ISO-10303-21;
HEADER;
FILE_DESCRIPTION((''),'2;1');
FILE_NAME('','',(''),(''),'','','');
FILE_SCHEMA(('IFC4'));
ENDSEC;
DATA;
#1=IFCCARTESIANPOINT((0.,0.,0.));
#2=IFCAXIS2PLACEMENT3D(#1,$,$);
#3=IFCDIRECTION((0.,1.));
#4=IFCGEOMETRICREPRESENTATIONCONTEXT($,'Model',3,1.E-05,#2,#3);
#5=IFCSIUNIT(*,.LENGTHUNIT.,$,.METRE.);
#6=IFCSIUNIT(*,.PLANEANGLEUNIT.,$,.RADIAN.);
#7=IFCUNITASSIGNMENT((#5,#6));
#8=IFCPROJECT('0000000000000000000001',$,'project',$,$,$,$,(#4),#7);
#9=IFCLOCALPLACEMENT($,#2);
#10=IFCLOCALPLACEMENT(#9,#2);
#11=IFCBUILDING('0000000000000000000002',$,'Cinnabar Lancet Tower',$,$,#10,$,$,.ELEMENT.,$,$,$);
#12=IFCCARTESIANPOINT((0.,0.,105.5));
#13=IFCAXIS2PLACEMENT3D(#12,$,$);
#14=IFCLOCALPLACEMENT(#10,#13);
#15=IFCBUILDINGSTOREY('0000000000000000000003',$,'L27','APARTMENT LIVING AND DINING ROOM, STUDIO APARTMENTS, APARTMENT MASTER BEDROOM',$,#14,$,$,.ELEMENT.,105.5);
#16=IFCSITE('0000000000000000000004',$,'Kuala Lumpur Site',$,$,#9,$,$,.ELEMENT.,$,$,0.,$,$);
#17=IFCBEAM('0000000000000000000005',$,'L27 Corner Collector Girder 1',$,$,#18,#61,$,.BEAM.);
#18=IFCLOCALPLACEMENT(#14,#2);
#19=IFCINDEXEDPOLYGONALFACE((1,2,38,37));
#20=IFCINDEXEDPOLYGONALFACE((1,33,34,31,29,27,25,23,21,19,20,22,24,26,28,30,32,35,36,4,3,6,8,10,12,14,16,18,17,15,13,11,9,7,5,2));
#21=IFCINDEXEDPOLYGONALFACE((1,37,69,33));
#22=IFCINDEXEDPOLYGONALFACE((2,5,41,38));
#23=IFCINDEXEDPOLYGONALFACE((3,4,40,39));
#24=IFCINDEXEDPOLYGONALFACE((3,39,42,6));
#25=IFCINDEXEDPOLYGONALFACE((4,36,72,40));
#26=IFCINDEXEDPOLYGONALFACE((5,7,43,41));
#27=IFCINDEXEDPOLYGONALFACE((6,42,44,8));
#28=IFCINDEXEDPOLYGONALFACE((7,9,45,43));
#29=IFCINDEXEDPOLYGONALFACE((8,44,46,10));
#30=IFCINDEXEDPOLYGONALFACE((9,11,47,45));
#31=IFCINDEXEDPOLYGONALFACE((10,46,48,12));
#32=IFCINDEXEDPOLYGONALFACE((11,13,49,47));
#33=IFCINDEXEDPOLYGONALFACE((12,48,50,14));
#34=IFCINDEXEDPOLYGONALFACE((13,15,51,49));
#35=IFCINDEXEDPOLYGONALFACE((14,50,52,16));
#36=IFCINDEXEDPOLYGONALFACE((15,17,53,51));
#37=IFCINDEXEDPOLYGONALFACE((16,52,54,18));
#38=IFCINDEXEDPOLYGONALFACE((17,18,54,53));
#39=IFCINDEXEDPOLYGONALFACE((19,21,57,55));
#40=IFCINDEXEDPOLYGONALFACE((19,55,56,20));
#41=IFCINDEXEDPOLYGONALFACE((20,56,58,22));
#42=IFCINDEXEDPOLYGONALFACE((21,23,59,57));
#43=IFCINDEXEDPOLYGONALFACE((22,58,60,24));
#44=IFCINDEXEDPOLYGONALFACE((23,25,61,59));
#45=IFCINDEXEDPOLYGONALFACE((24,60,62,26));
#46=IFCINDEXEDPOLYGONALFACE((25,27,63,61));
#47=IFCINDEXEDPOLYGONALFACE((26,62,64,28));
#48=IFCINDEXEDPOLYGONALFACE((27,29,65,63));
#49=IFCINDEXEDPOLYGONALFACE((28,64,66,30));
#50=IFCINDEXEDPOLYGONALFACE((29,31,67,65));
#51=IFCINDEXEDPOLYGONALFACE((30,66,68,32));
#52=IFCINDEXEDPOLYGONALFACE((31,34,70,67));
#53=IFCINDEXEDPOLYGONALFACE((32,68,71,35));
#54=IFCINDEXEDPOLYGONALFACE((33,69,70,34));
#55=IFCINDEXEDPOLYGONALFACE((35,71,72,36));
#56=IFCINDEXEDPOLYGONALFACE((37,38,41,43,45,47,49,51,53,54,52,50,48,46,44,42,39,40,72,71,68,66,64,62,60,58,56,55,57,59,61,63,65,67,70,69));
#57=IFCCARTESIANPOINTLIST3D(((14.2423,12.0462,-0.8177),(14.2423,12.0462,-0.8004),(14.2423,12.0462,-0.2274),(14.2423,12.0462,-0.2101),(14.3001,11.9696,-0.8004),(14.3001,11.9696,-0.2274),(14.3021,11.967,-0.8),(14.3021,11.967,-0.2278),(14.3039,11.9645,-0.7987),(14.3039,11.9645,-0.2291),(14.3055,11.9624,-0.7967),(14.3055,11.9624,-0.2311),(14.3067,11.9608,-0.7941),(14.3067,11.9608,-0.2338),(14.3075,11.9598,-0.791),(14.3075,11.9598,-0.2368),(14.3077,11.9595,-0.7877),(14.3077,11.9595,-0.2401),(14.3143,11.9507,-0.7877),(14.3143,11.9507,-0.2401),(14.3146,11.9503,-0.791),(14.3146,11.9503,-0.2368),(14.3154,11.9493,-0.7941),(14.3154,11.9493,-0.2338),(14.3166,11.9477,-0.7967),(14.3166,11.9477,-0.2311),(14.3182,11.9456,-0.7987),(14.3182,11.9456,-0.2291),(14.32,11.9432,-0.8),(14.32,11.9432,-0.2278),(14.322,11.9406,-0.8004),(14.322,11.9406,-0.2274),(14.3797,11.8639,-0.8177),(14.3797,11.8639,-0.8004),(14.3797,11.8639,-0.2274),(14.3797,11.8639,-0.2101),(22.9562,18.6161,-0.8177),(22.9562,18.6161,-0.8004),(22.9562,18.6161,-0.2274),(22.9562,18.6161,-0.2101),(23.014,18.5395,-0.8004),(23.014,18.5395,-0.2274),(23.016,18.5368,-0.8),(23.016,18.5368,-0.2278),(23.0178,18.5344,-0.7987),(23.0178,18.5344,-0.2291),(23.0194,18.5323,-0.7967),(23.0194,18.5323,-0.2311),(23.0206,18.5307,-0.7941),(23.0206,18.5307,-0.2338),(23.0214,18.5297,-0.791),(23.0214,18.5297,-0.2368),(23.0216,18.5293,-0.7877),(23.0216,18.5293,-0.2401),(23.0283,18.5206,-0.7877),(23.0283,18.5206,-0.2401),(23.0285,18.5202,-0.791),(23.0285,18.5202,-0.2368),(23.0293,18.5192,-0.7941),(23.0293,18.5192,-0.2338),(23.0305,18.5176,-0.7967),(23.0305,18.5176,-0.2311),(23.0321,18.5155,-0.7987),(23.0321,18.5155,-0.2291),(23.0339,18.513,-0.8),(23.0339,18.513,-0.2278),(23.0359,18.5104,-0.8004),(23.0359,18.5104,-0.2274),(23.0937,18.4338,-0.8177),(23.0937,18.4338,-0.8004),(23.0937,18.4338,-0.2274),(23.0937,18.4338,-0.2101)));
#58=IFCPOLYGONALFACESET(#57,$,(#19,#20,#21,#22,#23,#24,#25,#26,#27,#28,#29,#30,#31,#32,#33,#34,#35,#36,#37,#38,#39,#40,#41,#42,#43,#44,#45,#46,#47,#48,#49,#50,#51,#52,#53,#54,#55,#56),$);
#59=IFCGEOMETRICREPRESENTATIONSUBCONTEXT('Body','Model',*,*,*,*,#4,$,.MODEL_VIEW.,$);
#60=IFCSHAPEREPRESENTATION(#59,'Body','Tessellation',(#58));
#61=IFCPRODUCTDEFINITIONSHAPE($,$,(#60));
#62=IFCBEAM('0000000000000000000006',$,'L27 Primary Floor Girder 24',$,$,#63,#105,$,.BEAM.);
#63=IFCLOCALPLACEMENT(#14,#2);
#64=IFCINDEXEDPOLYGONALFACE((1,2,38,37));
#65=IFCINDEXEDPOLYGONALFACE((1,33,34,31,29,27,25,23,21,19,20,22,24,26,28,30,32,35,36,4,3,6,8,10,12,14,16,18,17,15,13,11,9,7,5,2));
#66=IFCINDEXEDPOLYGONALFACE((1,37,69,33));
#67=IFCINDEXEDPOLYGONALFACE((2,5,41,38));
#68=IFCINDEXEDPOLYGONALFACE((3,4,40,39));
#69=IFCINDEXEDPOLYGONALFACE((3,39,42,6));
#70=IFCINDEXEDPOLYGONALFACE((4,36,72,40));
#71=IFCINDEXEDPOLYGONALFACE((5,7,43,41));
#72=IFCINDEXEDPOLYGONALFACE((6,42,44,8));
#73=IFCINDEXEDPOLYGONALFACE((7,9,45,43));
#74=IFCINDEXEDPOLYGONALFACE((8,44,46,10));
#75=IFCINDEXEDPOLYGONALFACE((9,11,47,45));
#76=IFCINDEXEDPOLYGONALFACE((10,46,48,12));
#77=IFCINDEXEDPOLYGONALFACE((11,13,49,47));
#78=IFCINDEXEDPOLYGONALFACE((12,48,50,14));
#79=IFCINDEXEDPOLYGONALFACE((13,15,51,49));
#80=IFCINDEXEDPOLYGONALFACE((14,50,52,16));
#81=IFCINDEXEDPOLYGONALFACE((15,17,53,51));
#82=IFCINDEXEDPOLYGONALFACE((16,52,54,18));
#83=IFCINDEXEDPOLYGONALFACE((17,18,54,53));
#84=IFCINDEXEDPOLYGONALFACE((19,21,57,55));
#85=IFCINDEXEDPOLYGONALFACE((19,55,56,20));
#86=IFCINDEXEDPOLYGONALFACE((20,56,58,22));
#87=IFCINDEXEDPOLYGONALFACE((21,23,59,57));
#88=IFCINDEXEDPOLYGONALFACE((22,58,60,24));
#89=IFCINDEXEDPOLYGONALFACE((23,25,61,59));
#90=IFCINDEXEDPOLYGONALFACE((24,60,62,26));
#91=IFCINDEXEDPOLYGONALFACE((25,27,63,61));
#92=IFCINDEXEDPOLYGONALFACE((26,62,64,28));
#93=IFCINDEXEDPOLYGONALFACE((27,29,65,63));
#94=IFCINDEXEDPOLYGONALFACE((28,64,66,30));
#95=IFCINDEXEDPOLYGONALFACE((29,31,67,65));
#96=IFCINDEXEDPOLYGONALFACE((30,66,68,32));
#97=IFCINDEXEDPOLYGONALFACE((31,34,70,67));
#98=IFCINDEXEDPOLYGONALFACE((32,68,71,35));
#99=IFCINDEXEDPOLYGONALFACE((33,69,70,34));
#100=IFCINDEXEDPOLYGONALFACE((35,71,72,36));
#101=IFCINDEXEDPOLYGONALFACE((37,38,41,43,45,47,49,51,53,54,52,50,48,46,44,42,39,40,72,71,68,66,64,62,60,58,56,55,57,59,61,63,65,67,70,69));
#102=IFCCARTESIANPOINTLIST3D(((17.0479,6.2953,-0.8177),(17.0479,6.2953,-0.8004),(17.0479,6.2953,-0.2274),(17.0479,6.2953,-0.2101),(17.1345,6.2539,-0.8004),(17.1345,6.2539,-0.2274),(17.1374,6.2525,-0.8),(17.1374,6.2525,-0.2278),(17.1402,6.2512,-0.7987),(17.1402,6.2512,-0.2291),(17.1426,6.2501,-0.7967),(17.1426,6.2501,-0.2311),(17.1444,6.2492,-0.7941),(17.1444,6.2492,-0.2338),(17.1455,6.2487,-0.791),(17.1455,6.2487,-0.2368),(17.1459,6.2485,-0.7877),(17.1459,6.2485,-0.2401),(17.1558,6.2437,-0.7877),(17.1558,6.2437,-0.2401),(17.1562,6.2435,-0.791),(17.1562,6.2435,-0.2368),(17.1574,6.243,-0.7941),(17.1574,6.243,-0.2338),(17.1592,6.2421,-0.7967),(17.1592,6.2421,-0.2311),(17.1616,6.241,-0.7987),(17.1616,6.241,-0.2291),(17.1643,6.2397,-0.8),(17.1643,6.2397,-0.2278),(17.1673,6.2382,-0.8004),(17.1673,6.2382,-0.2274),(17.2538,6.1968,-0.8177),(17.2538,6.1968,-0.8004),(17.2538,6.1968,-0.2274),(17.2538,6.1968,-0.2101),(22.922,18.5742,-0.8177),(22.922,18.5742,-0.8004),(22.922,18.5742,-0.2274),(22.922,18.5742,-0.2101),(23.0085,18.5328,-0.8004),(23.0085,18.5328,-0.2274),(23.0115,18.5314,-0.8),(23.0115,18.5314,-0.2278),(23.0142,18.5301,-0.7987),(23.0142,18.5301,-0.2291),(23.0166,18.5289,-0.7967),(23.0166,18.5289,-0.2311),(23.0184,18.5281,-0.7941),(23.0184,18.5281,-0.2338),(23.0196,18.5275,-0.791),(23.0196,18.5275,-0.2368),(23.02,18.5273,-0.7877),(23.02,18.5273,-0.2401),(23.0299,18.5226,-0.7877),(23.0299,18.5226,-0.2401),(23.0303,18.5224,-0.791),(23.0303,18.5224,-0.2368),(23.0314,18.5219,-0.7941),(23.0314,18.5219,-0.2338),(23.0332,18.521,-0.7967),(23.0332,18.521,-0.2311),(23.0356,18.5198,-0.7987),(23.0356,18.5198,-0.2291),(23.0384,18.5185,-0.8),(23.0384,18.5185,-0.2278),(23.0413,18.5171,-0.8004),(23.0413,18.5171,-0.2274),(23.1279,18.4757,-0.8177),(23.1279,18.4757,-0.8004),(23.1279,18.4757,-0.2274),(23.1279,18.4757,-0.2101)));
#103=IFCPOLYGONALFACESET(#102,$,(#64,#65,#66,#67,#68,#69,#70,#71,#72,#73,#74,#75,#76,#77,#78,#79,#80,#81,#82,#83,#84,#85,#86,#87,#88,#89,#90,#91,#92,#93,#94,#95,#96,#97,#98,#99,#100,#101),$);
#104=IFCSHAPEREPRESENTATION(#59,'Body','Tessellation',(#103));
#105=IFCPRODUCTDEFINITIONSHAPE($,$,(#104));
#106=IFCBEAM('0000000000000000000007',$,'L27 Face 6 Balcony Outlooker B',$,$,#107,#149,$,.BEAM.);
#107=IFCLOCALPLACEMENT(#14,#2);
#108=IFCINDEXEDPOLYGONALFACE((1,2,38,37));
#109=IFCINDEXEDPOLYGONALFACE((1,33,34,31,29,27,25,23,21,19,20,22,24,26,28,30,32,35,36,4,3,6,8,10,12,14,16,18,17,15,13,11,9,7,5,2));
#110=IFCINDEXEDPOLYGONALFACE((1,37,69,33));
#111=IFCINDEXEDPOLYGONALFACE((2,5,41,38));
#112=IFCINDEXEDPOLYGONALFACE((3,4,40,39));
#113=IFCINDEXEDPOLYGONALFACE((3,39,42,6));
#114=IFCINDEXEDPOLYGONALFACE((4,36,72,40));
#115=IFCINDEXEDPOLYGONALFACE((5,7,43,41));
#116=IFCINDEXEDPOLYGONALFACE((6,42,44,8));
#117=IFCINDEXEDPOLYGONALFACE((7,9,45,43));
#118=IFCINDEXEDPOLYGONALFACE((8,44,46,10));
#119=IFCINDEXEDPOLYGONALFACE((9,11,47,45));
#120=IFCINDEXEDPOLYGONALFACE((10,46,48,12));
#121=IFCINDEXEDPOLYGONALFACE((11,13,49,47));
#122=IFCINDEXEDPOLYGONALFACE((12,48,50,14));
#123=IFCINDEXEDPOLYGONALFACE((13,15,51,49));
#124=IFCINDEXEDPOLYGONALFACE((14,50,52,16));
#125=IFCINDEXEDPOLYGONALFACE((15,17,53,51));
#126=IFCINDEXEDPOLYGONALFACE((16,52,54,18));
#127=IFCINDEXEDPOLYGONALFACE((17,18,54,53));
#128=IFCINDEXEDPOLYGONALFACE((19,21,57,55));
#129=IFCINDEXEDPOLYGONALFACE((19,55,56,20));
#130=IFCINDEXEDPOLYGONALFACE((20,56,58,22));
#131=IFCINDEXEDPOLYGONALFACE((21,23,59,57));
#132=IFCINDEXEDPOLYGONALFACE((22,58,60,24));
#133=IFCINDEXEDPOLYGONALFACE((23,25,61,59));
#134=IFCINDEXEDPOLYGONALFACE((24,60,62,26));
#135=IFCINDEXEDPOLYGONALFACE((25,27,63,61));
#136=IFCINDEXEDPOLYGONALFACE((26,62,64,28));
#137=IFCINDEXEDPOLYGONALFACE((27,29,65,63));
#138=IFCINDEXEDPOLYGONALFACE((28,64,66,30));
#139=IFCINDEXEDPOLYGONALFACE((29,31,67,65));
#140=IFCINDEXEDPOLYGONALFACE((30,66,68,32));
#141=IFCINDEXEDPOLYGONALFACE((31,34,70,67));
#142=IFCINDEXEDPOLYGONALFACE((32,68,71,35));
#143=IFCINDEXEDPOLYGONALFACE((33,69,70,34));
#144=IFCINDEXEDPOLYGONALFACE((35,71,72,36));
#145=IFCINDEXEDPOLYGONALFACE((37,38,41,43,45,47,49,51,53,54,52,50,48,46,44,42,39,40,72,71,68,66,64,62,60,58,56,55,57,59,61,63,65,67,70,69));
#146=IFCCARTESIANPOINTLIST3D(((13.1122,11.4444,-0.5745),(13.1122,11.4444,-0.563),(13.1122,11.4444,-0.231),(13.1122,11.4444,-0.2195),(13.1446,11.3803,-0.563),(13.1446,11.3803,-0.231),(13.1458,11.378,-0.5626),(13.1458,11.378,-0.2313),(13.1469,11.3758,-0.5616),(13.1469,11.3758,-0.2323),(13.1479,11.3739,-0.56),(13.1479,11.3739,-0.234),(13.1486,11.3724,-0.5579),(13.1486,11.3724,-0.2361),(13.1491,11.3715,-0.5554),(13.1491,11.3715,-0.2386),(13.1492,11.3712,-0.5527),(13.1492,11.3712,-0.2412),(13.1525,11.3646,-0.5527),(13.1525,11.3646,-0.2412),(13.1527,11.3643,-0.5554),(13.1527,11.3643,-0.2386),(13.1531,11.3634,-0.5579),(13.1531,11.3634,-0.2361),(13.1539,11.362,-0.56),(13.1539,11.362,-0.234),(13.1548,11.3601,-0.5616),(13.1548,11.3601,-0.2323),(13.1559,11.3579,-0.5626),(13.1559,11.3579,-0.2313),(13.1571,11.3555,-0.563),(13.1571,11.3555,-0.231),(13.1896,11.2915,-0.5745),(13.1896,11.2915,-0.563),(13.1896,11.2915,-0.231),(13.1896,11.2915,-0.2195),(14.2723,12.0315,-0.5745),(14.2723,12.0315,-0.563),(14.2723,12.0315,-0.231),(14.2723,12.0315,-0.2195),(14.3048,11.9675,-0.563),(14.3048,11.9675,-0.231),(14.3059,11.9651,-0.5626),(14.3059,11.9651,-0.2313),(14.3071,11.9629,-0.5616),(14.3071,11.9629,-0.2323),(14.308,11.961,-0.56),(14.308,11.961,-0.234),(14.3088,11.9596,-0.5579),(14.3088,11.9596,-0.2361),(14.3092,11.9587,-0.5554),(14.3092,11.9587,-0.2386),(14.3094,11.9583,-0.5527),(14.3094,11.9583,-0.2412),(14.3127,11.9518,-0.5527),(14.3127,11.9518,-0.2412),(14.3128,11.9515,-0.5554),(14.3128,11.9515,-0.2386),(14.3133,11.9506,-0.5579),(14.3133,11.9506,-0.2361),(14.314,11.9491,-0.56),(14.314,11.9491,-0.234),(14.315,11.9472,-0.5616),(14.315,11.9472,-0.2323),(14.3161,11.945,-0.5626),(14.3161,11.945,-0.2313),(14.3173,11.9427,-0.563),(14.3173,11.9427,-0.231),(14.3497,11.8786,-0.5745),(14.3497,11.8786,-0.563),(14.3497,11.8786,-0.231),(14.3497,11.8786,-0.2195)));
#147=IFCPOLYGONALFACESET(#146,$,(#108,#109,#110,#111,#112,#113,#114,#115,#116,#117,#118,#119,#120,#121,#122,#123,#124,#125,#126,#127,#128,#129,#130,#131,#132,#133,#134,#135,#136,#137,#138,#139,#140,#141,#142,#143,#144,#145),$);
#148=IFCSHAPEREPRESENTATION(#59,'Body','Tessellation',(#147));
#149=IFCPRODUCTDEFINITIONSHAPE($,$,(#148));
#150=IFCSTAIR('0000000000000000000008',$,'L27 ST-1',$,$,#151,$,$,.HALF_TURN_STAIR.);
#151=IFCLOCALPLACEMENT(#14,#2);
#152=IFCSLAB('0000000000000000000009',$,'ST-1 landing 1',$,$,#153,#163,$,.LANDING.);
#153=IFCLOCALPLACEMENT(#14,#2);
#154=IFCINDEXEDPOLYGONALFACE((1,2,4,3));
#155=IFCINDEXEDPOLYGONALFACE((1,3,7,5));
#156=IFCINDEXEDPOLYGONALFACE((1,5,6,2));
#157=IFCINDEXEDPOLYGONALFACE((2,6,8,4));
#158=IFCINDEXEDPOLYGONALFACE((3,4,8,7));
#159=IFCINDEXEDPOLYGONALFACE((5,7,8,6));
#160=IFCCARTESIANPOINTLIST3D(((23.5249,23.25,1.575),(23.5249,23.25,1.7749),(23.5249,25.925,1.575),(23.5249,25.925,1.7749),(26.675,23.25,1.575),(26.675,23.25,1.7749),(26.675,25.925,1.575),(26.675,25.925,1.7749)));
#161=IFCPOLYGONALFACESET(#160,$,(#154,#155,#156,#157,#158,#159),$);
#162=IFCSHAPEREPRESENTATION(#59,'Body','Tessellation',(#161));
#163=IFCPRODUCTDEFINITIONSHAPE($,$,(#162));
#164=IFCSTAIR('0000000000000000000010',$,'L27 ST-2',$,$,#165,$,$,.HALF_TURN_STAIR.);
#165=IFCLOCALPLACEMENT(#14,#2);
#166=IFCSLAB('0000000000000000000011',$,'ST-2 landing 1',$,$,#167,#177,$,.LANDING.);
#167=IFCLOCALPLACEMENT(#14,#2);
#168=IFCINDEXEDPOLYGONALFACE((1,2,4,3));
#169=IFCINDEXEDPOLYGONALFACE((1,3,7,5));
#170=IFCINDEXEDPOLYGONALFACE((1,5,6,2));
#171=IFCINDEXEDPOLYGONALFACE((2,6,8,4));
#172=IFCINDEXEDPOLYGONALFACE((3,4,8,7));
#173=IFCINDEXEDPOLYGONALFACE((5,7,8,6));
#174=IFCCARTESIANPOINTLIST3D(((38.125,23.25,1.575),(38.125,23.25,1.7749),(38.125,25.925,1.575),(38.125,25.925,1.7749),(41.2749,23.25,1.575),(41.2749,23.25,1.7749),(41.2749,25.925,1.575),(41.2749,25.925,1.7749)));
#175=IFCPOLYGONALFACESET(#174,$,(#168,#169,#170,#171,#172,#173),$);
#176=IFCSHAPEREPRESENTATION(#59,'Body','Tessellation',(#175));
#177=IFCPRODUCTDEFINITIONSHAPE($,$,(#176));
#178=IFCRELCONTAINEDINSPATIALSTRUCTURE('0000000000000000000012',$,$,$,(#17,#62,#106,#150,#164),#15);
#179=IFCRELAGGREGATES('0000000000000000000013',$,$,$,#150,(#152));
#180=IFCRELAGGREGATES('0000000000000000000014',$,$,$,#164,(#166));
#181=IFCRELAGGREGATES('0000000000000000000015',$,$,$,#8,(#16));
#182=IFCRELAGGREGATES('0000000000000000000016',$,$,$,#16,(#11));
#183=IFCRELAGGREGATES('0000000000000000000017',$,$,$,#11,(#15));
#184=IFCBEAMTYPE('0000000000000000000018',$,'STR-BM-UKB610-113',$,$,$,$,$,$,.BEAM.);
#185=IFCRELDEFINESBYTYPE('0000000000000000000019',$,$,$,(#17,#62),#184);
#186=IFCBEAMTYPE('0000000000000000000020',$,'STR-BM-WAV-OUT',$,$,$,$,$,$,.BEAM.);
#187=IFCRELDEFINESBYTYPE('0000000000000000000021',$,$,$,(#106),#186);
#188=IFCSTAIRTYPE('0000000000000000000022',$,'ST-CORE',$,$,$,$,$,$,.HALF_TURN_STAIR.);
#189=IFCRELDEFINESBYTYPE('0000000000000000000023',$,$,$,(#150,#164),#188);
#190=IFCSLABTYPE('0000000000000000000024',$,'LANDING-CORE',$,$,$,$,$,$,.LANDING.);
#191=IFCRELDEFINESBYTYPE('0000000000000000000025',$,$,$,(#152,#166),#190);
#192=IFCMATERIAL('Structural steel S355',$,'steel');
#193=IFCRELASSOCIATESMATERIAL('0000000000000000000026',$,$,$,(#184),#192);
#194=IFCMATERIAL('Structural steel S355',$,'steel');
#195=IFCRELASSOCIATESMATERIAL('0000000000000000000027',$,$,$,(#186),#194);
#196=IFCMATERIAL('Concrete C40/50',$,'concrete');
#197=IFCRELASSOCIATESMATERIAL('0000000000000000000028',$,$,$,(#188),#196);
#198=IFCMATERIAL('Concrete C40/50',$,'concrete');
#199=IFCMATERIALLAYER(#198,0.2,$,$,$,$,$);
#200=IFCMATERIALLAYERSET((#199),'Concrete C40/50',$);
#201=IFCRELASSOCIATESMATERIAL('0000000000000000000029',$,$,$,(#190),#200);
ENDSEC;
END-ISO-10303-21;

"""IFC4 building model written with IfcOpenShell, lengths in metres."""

from ifc_helpers import new_model, si_unit, direction, frame, origin, origin_2d, place, context, subcontext, project, spatial, polyline, i_section, outline, extrude, material, layer, layer_set, material_profile, profile_set, type_object, element, aggregate, save


model = new_model("IFC4")

# Units and contexts
model_context = context("Model", 3, precision=1e-05, world=origin(), true_north=direction((0.0, 1.0)))
body_context = subcontext(model_context, "Body", "Model", "MODEL_VIEW")
ifc_project = project(units=[si_unit("LENGTHUNIT", "METRE"), si_unit("PLANEANGLEUNIT", "RADIAN")], contexts=[model_context])

# Site, building, storey
site_placement = place(None, origin())
site = spatial("IfcSite", under=ifc_project, at=site_placement, Name="Kuala Lumpur Site", CompositionType="ELEMENT", RefElevation=0.0)
building_placement = place(site_placement, origin())
building = spatial("IfcBuilding", under=site, at=building_placement, Name="Cinnabar Lancet Tower", CompositionType="ELEMENT")
storey_placement = place(building_placement, frame((0.0, 0.0, 105.5)))
storey = spatial("IfcBuildingStorey", under=building, at=storey_placement, Name="L27", Description="APARTMENT LIVING AND DINING ROOM, STUDIO APARTMENTS, APARTMENT MASTER BEDROOM", CompositionType="ELEMENT", Elevation=105.5)

# Beams
ifc_material_1 = material(Name="Structural steel S355", Category="steel")
ifc_material_profile_1 = material_profile(ifc_material_1, i_section(OverallWidth=0.2283, OverallDepth=0.6077, WebThickness=0.011, FlangeThickness=0.0173, FilletRadius=0.0127, at=origin_2d()), Name="UKB 610x229x113")
ifc_profile_set_1 = profile_set([ifc_material_profile_1], Name="Structural steel S355")
beam_type_1 = type_object("IfcBeamType", Name="STR-BM-UKB610-113", PredefinedType="BEAM", material=ifc_profile_set_1)
beam_1_placement = place(storey_placement, frame((14.311, 11.9551, -0.5139), z_axis=(0.798483, 0.602017, 0.0), x_axis=(-0.602017, 0.798483, 0.0)))
element("IfcBeam", 1, at=beam_1_placement, inside=storey, type_object=beam_type_1, Name="L27 Corner Collector Girder 1", PredefinedType="BEAM", context=body_context, shape_type="SweptSolid", body=[
    extrude(i_section(OverallWidth=0.2283, OverallDepth=0.6077, WebThickness=0.011, FlangeThickness=0.0173, FilletRadius=0.0127, at=origin_2d()), origin(), (0.0, 0.0, 1.0), 10.9131),
])
beam_2_placement = place(storey_placement, frame((17.1509, 6.2461, -0.5139), z_axis=(0.431548, 0.90209, 0.0), x_axis=(-0.90209, 0.431548, 0.0)))
element("IfcBeam", 2, at=beam_2_placement, inside=storey, type_object=beam_type_1, Name="L27 Primary Floor Girder 24", PredefinedType="BEAM", context=body_context, shape_type="SweptSolid", body=[
    extrude(i_section(OverallWidth=0.2283, OverallDepth=0.6077, WebThickness=0.011, FlangeThickness=0.0173, FilletRadius=0.0127, at=origin_2d()), origin(), (0.0, 0.0, 1.0), 13.6116),
])
ifc_material_2 = material(Name="Structural steel S355", Category="steel")
ifc_material_profile_2 = material_profile(ifc_material_2, i_section(OverallWidth=0.1714, OverallDepth=0.355, WebThickness=0.0073, FlangeThickness=0.0115, FilletRadius=0.0103, at=origin_2d()), Name="UKB 356x171x51")
ifc_profile_set_2 = profile_set([ifc_material_profile_2], Name="Structural steel S355")
beam_type_2 = type_object("IfcBeamType", Name="STR-BM-WAV-OUT", PredefinedType="BEAM", material=ifc_profile_set_2)
beam_3_placement = place(storey_placement, frame((14.311, 11.9551, -0.397), z_axis=(-0.892239, -0.451564, 0.0), x_axis=(0.451564, -0.892239, 0.0)))
element("IfcBeam", 3, at=beam_3_placement, inside=storey, type_object=beam_type_2, Name="L27 Face 6 Balcony Outlooker B", PredefinedType="BEAM", context=body_context, shape_type="SweptSolid", body=[
    extrude(i_section(OverallWidth=0.1714, OverallDepth=0.355, WebThickness=0.0073, FlangeThickness=0.0115, FilletRadius=0.0103, at=origin_2d()), origin(), (0.0, 0.0, 1.0), 1.3003),
])

# Stairs, slabs
ifc_material_3 = material(Name="Concrete C40/50", Category="concrete")
stair_type = type_object("IfcStairType", Name="ST-CORE", PredefinedType="HALF_TURN_STAIR", material=ifc_material_3)
stair_1_placement = place(storey_placement, origin())
stair_1 = element("IfcStair", 4, at=stair_1_placement, inside=storey, type_object=stair_type, Name="L27 ST-1", PredefinedType="HALF_TURN_STAIR")
ifc_material_4 = material(Name="Concrete C40/50", Category="concrete")
ifc_layer_1 = layer(ifc_material_4, 0.2)
ifc_layer_set_1 = layer_set([ifc_layer_1], Name="Concrete C40/50")
slab_type_1 = type_object("IfcSlabType", Name="LANDING-CORE", PredefinedType="LANDING", material=ifc_layer_set_1)
slab_1_placement = place(storey_placement, frame((0.0, 0.0, 1.575)))
slab_1 = element("IfcSlab", 5, at=slab_1_placement, type_object=slab_type_1, Name="ST-1 landing 1", PredefinedType="LANDING", context=body_context, shape_type="SweptSolid", body=[
    extrude(outline(polyline([(23.5249, 25.925), (23.5249, 23.25), (26.675, 23.25), (26.675, 25.925), (23.5249, 25.925)])), origin(), (0.0, 0.0, 1.0), 0.2),
])
aggregate(stair_1, [slab_1])
stair_2_placement = place(storey_placement, origin())
stair_2 = element("IfcStair", 6, at=stair_2_placement, inside=storey, type_object=stair_type, Name="L27 ST-2", PredefinedType="HALF_TURN_STAIR")
slab_2_placement = place(storey_placement, frame((0.0, 0.0, 1.575)))
slab_2 = element("IfcSlab", 7, at=slab_2_placement, type_object=slab_type_1, Name="ST-2 landing 1", PredefinedType="LANDING", context=body_context, shape_type="SweptSolid", body=[
    extrude(outline(polyline([(38.125, 25.925), (38.125, 23.25), (41.2749, 23.25), (41.2749, 25.925), (38.125, 25.925)])), origin(), (0.0, 0.0, 1.0), 0.2),
])
aggregate(stair_2, [slab_2])

save(model, "model.ifc")
